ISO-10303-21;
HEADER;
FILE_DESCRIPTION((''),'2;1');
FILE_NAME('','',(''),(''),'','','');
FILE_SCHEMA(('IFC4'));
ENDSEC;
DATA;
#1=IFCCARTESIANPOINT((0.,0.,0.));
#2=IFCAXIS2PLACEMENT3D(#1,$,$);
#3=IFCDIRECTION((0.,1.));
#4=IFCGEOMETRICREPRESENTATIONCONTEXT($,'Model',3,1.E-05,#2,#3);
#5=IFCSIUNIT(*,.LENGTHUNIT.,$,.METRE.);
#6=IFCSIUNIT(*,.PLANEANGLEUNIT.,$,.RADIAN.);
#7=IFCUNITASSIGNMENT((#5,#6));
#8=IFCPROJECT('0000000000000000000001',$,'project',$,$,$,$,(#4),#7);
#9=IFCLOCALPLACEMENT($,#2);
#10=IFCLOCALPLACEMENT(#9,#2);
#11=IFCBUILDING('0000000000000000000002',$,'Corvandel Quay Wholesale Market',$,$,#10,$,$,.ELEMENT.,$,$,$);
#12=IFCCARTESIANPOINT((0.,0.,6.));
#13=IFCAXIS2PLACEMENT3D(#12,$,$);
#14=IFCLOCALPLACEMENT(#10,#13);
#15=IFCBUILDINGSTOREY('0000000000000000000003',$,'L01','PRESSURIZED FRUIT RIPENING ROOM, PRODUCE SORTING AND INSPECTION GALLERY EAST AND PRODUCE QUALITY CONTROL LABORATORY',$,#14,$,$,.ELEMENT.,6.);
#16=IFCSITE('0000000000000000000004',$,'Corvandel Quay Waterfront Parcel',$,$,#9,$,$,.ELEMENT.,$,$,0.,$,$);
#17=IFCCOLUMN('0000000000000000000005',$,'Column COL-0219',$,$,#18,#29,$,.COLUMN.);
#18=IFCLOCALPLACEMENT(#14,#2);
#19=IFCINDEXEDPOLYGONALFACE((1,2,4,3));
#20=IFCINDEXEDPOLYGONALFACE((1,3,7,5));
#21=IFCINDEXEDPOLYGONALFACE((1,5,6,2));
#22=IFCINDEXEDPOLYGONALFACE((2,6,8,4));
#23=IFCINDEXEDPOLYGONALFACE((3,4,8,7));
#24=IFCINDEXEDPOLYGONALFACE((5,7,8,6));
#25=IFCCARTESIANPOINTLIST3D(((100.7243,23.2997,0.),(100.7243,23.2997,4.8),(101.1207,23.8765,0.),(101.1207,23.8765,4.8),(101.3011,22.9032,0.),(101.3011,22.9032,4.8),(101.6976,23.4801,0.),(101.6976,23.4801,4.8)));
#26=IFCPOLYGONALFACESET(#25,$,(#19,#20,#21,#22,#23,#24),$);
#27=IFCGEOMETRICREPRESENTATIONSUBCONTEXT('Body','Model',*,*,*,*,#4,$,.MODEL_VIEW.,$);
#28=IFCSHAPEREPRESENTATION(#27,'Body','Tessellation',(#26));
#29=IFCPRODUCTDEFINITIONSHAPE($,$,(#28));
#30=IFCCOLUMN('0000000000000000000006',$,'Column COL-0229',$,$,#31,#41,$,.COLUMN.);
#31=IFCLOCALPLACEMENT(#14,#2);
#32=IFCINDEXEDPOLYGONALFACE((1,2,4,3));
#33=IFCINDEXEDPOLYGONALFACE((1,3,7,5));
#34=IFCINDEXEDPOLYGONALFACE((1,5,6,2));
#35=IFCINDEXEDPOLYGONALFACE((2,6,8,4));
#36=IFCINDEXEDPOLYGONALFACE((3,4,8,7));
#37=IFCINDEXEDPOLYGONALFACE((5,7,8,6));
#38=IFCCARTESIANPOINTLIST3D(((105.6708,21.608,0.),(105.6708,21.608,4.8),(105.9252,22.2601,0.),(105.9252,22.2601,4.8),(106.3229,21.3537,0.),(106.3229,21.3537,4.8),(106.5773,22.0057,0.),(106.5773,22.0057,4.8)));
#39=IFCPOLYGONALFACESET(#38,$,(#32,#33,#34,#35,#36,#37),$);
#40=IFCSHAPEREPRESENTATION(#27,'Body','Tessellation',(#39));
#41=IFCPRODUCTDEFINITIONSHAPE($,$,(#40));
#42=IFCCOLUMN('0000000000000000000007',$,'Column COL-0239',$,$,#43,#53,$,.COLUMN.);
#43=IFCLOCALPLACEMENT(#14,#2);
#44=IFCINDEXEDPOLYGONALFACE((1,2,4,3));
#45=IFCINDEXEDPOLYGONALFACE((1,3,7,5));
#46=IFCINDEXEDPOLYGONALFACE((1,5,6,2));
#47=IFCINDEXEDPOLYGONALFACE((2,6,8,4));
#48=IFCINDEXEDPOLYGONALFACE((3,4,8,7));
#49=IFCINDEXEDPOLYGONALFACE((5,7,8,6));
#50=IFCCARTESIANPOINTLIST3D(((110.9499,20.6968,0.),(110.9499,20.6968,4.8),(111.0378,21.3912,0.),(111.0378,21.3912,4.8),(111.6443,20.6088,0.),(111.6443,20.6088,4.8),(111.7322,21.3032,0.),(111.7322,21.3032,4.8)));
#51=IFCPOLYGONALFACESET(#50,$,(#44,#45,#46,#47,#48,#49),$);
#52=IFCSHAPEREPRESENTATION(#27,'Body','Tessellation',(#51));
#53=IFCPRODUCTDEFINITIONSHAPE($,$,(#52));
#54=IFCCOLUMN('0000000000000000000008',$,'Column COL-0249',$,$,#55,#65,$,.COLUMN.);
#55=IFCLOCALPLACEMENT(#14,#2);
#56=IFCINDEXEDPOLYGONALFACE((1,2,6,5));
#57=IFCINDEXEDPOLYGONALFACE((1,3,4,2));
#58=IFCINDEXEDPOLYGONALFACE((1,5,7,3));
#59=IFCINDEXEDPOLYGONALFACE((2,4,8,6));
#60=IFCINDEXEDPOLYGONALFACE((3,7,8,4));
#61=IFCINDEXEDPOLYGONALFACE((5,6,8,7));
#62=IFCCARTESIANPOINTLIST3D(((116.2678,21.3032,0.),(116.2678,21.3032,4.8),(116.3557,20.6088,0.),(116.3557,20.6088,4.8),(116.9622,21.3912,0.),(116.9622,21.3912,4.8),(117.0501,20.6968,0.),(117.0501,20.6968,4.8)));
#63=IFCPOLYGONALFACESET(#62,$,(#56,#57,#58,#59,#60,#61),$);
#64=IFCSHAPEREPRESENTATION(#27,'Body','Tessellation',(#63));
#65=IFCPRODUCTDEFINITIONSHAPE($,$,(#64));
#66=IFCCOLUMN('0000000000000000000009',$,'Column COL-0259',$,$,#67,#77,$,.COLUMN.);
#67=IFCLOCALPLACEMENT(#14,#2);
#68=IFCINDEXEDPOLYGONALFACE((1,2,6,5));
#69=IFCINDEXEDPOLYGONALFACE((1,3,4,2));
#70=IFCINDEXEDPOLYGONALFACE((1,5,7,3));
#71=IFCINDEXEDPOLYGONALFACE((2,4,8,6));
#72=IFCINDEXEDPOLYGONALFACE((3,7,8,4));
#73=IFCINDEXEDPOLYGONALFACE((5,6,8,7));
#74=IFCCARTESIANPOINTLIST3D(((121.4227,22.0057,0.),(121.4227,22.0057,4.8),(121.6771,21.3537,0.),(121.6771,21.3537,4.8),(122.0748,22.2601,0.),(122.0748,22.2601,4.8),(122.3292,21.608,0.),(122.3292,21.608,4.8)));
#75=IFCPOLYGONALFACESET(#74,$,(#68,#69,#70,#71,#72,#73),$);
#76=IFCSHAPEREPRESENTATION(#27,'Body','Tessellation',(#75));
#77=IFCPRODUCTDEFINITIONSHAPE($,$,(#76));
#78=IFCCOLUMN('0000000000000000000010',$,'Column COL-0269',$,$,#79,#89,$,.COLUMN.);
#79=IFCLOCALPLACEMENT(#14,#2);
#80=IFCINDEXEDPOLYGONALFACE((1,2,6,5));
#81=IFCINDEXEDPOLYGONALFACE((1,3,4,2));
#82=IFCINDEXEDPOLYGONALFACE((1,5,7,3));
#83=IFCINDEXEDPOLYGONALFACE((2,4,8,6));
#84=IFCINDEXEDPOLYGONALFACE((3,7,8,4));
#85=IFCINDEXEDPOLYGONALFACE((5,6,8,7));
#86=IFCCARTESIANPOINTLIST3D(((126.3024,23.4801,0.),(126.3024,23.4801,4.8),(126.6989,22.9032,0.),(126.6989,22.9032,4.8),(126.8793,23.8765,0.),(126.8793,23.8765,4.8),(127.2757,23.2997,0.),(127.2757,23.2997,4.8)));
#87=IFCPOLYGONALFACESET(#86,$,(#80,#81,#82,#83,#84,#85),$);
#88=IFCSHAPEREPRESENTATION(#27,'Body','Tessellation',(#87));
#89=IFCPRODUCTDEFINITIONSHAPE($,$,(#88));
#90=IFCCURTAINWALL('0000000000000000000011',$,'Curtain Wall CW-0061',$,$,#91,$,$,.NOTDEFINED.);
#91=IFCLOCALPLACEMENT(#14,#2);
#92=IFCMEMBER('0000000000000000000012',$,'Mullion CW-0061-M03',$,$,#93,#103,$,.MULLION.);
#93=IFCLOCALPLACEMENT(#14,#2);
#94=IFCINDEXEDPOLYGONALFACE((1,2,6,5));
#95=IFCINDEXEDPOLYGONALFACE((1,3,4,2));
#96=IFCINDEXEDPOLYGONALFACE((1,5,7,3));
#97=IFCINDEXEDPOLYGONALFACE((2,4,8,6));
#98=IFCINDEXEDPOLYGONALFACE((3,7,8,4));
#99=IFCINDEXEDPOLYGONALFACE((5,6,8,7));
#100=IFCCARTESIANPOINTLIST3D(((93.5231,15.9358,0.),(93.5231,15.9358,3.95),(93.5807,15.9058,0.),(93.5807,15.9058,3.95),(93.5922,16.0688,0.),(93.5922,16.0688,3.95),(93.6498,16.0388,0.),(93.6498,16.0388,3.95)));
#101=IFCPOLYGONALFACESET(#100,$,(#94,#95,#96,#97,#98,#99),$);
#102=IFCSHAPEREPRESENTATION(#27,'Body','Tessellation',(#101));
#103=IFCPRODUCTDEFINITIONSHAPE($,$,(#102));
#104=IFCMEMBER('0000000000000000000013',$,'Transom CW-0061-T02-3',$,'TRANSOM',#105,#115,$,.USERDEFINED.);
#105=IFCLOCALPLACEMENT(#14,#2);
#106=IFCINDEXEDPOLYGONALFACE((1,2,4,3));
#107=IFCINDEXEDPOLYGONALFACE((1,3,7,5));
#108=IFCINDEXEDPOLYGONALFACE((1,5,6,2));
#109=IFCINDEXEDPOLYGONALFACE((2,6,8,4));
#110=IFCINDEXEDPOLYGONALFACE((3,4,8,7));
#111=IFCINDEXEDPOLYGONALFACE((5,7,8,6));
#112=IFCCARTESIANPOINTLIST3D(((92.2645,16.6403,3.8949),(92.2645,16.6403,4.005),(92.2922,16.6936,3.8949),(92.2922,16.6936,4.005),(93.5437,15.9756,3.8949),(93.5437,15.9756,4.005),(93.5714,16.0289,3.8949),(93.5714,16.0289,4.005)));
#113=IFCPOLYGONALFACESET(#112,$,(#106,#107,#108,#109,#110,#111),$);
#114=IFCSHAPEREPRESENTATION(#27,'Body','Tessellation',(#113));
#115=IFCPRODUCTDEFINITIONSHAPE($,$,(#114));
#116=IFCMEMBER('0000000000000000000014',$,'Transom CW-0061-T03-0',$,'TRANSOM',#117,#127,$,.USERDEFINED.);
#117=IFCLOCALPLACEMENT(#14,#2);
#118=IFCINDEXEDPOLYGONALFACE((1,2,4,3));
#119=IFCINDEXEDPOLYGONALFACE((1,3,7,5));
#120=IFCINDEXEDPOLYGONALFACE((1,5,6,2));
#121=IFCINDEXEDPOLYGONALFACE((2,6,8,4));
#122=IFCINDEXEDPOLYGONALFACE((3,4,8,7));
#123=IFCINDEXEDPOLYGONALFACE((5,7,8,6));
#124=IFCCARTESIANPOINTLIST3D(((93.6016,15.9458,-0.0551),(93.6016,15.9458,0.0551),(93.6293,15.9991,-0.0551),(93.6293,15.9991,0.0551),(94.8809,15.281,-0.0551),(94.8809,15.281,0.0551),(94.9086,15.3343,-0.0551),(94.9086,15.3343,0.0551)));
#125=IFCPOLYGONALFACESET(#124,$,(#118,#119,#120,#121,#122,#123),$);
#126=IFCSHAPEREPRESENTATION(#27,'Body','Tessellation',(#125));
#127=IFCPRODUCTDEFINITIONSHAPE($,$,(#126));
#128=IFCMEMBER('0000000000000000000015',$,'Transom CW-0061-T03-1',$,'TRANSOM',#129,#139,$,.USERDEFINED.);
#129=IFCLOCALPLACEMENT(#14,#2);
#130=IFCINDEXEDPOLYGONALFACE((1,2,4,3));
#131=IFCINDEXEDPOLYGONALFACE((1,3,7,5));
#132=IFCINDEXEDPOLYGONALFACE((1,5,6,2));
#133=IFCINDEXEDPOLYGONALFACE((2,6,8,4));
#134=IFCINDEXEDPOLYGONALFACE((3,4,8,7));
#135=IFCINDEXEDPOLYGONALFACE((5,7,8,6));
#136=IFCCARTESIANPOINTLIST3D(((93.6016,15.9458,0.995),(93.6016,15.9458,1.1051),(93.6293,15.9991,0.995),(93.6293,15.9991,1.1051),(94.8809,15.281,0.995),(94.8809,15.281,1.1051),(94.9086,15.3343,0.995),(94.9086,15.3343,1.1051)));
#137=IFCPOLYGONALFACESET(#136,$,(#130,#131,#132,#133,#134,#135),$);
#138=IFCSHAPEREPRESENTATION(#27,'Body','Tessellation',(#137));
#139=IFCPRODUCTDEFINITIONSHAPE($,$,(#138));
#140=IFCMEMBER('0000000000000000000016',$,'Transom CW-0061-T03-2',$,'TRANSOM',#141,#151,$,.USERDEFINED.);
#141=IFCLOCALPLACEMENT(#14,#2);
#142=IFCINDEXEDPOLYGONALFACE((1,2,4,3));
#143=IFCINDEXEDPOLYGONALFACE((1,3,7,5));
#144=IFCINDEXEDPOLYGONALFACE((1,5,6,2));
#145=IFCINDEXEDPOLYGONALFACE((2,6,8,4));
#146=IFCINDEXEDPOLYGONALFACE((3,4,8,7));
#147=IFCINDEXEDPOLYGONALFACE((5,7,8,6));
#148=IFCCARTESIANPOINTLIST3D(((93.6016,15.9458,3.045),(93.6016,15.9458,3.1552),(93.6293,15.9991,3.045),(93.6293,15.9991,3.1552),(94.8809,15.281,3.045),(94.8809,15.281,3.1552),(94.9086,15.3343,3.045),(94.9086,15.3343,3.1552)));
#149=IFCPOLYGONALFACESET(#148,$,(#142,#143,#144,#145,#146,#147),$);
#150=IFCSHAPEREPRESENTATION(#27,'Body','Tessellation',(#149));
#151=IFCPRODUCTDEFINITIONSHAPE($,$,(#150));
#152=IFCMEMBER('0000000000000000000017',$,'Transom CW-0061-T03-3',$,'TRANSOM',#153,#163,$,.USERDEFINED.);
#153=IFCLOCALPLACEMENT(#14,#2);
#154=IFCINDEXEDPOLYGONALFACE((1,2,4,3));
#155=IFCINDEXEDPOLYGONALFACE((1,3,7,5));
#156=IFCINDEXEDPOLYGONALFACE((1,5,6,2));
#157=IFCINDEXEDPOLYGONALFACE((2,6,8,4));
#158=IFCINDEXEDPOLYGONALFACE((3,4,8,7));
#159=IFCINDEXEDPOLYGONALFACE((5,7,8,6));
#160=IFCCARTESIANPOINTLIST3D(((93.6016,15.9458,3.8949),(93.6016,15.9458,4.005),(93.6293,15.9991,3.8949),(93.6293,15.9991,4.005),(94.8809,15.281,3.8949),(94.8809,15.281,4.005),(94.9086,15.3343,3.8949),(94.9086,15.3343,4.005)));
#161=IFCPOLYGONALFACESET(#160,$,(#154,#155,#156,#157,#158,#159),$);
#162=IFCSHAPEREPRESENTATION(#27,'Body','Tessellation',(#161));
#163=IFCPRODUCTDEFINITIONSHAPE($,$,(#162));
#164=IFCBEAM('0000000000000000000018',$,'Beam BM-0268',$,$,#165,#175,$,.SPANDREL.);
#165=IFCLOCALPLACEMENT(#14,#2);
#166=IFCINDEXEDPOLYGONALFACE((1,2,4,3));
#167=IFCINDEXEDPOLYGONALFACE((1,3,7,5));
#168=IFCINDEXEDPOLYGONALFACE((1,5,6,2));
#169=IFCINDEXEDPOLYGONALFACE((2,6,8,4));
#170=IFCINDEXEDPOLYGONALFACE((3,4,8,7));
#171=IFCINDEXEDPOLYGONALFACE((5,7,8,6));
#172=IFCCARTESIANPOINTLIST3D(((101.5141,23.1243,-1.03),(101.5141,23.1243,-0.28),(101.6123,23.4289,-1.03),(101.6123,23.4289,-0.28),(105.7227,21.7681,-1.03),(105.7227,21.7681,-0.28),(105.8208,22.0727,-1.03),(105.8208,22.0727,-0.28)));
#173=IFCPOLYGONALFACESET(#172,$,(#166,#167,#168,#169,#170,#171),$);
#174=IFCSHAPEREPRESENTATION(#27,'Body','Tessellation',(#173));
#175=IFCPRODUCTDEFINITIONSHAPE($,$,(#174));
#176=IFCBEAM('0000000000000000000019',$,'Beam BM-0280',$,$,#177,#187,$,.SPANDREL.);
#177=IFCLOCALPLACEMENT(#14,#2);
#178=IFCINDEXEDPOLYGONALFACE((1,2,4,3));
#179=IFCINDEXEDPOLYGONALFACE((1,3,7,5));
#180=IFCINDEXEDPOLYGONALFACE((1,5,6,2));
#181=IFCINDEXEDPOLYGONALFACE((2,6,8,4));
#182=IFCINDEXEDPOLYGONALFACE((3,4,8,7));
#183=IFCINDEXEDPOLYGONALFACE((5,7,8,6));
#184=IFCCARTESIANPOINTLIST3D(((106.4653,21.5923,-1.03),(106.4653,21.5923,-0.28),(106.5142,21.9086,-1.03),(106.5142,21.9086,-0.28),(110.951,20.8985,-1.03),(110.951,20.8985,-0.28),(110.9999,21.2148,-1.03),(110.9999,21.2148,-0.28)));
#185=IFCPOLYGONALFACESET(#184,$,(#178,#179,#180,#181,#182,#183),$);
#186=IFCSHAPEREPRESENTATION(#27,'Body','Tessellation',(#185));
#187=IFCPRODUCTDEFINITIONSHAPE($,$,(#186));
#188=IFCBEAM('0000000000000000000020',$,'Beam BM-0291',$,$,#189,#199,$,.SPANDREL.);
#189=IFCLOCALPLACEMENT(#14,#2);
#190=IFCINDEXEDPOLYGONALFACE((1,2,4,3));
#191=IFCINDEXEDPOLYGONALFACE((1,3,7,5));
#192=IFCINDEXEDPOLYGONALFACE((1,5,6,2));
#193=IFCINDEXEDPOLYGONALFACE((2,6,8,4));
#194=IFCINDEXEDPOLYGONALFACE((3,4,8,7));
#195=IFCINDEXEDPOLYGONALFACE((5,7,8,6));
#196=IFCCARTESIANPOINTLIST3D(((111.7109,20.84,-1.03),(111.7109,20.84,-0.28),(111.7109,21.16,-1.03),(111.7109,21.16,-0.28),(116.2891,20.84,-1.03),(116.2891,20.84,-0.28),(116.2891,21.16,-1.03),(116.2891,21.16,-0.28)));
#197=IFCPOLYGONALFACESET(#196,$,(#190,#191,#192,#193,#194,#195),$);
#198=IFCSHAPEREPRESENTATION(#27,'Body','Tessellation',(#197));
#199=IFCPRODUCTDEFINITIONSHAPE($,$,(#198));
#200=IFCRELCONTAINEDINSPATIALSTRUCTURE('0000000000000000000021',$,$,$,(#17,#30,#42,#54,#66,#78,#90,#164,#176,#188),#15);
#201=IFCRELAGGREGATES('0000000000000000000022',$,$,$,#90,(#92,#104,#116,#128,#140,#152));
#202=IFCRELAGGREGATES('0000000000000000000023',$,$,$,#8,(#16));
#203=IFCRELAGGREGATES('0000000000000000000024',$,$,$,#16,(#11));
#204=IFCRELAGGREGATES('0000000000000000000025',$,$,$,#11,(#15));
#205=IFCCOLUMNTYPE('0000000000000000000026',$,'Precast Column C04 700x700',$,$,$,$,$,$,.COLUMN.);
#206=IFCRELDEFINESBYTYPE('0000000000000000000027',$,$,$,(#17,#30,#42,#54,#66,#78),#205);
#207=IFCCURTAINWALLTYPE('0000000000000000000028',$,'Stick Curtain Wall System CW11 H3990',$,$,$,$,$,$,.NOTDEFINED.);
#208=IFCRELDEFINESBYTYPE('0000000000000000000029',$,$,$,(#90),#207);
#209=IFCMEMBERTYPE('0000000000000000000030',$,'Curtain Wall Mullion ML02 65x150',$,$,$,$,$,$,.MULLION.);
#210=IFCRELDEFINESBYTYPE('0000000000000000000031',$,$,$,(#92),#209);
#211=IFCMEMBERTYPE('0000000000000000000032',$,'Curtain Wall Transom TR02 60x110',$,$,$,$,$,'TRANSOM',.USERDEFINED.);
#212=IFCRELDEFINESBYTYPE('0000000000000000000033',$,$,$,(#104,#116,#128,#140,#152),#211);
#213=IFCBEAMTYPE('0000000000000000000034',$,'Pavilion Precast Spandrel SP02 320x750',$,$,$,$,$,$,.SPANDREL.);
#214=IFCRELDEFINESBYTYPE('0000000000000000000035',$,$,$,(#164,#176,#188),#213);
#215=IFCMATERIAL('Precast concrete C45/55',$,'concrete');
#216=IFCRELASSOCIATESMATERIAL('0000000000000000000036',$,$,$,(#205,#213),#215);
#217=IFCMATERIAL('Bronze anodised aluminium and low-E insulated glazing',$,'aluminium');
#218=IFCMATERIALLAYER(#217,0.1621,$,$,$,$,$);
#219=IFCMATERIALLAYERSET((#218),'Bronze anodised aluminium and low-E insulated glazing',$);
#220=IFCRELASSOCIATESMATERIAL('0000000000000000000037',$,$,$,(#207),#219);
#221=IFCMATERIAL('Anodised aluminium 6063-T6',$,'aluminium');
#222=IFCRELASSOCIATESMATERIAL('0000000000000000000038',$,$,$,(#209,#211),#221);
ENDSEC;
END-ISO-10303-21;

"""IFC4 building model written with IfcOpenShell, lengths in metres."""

from ifc_helpers import new_model, si_unit, direction, frame, origin, origin_2d, place, context, subcontext, project, spatial, rectangle, extrude, material, layer, layer_set, material_profile, profile_set, type_object, element, aggregate, save


model = new_model("IFC4")

# Units and contexts
model_context = context("Model", 3, precision=1e-05, world=origin(), true_north=direction((0.0, 1.0)))
body_context = subcontext(model_context, "Body", "Model", "MODEL_VIEW")
ifc_project = project(units=[si_unit("LENGTHUNIT", "METRE"), si_unit("PLANEANGLEUNIT", "RADIAN")], contexts=[model_context])

# Site, building, storey
site_placement = place(None, origin())
site = spatial("IfcSite", under=ifc_project, at=site_placement, Name="Corvandel Quay Waterfront Parcel", CompositionType="ELEMENT", RefElevation=0.0)
building_placement = place(site_placement, origin())
building = spatial("IfcBuilding", under=site, at=building_placement, Name="Corvandel Quay Wholesale Market", CompositionType="ELEMENT")
storey_placement = place(building_placement, frame((0.0, 0.0, 6.0)))
storey = spatial("IfcBuildingStorey", under=building, at=storey_placement, Name="L01", Description="PRESSURIZED FRUIT RIPENING ROOM, PRODUCE SORTING AND INSPECTION GALLERY EAST AND PRODUCE QUALITY CONTROL LABORATORY", CompositionType="ELEMENT", Elevation=6.0)

# Columns
ifc_material_1 = material(Name="Precast concrete C45/55", Category="concrete")
ifc_material_profile_1 = material_profile(ifc_material_1, rectangle(XDim=0.7, YDim=0.7, at=origin_2d()), Name="PC-COL-700x700")
ifc_profile_set_1 = profile_set([ifc_material_profile_1], Name="Precast concrete C45/55")
column_type = type_object("IfcColumnType", Name="Precast Column C04 700x700", PredefinedType="COLUMN", material=ifc_profile_set_1)
for number, where, z_axis, x_axis, name in (
    (1, (101.2109, 23.3899, 0.0), (0.0, 0.0, 1.0), (-0.824126, 0.566406, 0.0), "Column COL-0219"),
    (2, (106.124, 21.8069, 0.0), (0.0, 0.0, 1.0), (-0.931628, 0.363414, 0.0), "Column COL-0229"),
    (3, (111.3411, 21.0, 0.0), (0.0, 0.0, 1.0), (-0.992071, 0.12568, 0.0), "Column COL-0239"),
    (4, (116.6589, 21.0, 0.0), (0.0, 0.0, 1.0), (0.992071, 0.12568, 0.0), "Column COL-0249"),
    (5, (121.876, 21.8069, 0.0), (0.0, 0.0, 1.0), (0.931628, 0.363414, 0.0), "Column COL-0259"),
    (6, (126.7891, 23.3899, 0.0), (0.0, 0.0, 1.0), (0.824126, 0.566406, 0.0), "Column COL-0269"),
):
    element("IfcColumn", number, at=place(storey_placement, frame(where, z_axis=z_axis, x_axis=x_axis)), inside=storey, type_object=column_type, Name=name, PredefinedType="COLUMN", context=body_context, shape_type="SweptSolid", body=[
        extrude(rectangle(XDim=0.7, YDim=0.7, at=origin_2d()), origin(), (0.0, 0.0, 1.0), 4.8),
    ])

# Curtain wall, members
ifc_material_2 = material(Name="Bronze anodised aluminium and low-E insulated glazing", Category="aluminium")
ifc_layer_1 = layer(ifc_material_2, 0.1621)
ifc_layer_set_1 = layer_set([ifc_layer_1], Name="Bronze anodised aluminium and low-E insulated glazing")
curtain_wall_type = type_object("IfcCurtainWallType", Name="Stick Curtain Wall System CW11 H3990", PredefinedType="NOTDEFINED", material=ifc_layer_set_1)
curtain_wall_placement = place(storey_placement, origin())
curtain_wall = element("IfcCurtainWall", 7, at=curtain_wall_placement, inside=storey, type_object=curtain_wall_type, Name="Curtain Wall CW-0061", PredefinedType="NOTDEFINED")
ifc_material_3 = material(Name="Anodised aluminium 6063-T6", Category="aluminium")
ifc_material_profile_2 = material_profile(ifc_material_3, rectangle(XDim=0.0649, YDim=0.1499, at=origin_2d()), Name="ALU-MUL-65x150")
ifc_profile_set_2 = profile_set([ifc_material_profile_2], Name="Anodised aluminium 6063-T6")
member_type_1 = type_object("IfcMemberType", Name="Curtain Wall Mullion ML02 65x150", PredefinedType="MULLION", material=ifc_profile_set_2)
member_1_placement = place(storey_placement, frame((93.5864, 15.9873, 0.0), z_axis=(0.0, 0.0, 1.0), x_axis=(-0.887333, 0.461129, 0.0)))
member_1 = element("IfcMember", 8, at=member_1_placement, type_object=member_type_1, Name="Mullion CW-0061-M03", PredefinedType="MULLION", context=body_context, shape_type="SweptSolid", body=[
    extrude(rectangle(XDim=0.0649, YDim=0.1499, at=origin_2d()), origin(), (0.0, 0.0, 1.0), 3.95),
])
ifc_material_profile_3 = material_profile(ifc_material_3, rectangle(XDim=0.0601, YDim=0.1101, at=origin_2d()), Name="ALU-TRN-60x110")
ifc_profile_set_3 = profile_set([ifc_material_profile_3], Name="Anodised aluminium 6063-T6")
member_type_2 = type_object("IfcMemberType", Name="Curtain Wall Transom TR02 60x110", ElementType="TRANSOM", PredefinedType="USERDEFINED", material=ifc_profile_set_3)
member_2_placement = place(storey_placement, frame((92.2783, 16.667, 3.95), z_axis=(0.887342, -0.461113, 0.0), x_axis=(0.461113, 0.887342, 0.0)))
member_2 = element("IfcMember", 9, at=member_2_placement, type_object=member_type_2, Name="Transom CW-0061-T02-3", ObjectType="TRANSOM", PredefinedType="USERDEFINED", context=body_context, shape_type="SweptSolid", body=[
    extrude(rectangle(XDim=0.0601, YDim=0.1101, at=origin_2d()), origin(), (0.0, 0.0, 1.0), 1.4417),
])
member_3_placement = place(storey_placement, frame((93.6155, 15.9724, 0.0), z_axis=(0.887342, -0.461113, 0.0), x_axis=(0.461113, 0.887342, 0.0)))
member_3 = element("IfcMember", 10, at=member_3_placement, type_object=member_type_2, Name="Transom CW-0061-T03-0", ObjectType="TRANSOM", PredefinedType="USERDEFINED", context=body_context, shape_type="SweptSolid", body=[
    extrude(rectangle(XDim=0.0601, YDim=0.1101, at=origin_2d()), origin(), (0.0, 0.0, 1.0), 1.4417),
])
member_4_placement = place(storey_placement, frame((93.6155, 15.9724, 1.05), z_axis=(0.887342, -0.461113, 0.0), x_axis=(0.461113, 0.887342, 0.0)))
member_4 = element("IfcMember", 11, at=member_4_placement, type_object=member_type_2, Name="Transom CW-0061-T03-1", ObjectType="TRANSOM", PredefinedType="USERDEFINED", context=body_context, shape_type="SweptSolid", body=[
    extrude(rectangle(XDim=0.0601, YDim=0.1101, at=origin_2d()), origin(), (0.0, 0.0, 1.0), 1.4417),
])
member_5_placement = place(storey_placement, frame((93.6155, 15.9724, 3.1001), z_axis=(0.887342, -0.461113, 0.0), x_axis=(0.461113, 0.887342, 0.0)))
member_5 = element("IfcMember", 12, at=member_5_placement, type_object=member_type_2, Name="Transom CW-0061-T03-2", ObjectType="TRANSOM", PredefinedType="USERDEFINED", context=body_context, shape_type="SweptSolid", body=[
    extrude(rectangle(XDim=0.0601, YDim=0.1101, at=origin_2d()), origin(), (0.0, 0.0, 1.0), 1.4417),
])
member_6_placement = place(storey_placement, frame((93.6155, 15.9724, 3.95), z_axis=(0.887342, -0.461113, 0.0), x_axis=(0.461113, 0.887342, 0.0)))
member_6 = element("IfcMember", 13, at=member_6_placement, type_object=member_type_2, Name="Transom CW-0061-T03-3", ObjectType="TRANSOM", PredefinedType="USERDEFINED", context=body_context, shape_type="SweptSolid", body=[
    extrude(rectangle(XDim=0.0601, YDim=0.1101, at=origin_2d()), origin(), (0.0, 0.0, 1.0), 1.4417),
])

# Beams
ifc_material_profile_4 = material_profile(ifc_material_1, rectangle(XDim=0.3201, YDim=0.75, at=origin_2d()), Name="PC-SPN-320x750")
ifc_profile_set_4 = profile_set([ifc_material_profile_4], Name="Precast concrete C45/55")
beam_type = type_object("IfcBeamType", Name="Pavilion Precast Spandrel SP02 320x750", PredefinedType="SPANDREL", material=ifc_profile_set_4)
beam_1_placement = place(storey_placement, frame((101.5632, 23.2766, -0.655), z_axis=(0.9518, -0.30672, 0.0), x_axis=(0.30672, 0.9518, 0.0)))
element("IfcBeam", 14, at=beam_1_placement, inside=storey, type_object=beam_type, Name="Beam BM-0268", PredefinedType="SPANDREL", context=body_context, shape_type="SweptSolid", body=[
    extrude(rectangle(XDim=0.3201, YDim=0.75, at=origin_2d()), origin(), (0.0, 0.0, 1.0), 4.4216),
])
beam_2_placement = place(storey_placement, frame((106.4897, 21.7505, -0.655), z_axis=(0.988247, -0.152866, 0.0), x_axis=(0.152866, 0.988247, 0.0)))
element("IfcBeam", 15, at=beam_2_placement, inside=storey, type_object=beam_type, Name="Beam BM-0280", PredefinedType="SPANDREL", context=body_context, shape_type="SweptSolid", body=[
    extrude(rectangle(XDim=0.3201, YDim=0.75, at=origin_2d()), origin(), (0.0, 0.0, 1.0), 4.5391),
])
beam_3_placement = place(storey_placement, frame((111.7109, 21.0, -0.655), z_axis=(1.0, 0.0, 0.0), x_axis=(0.0, 1.0, 0.0)))
element("IfcBeam", 16, at=beam_3_placement, inside=storey, type_object=beam_type, Name="Beam BM-0291", PredefinedType="SPANDREL", context=body_context, shape_type="SweptSolid", body=[
    extrude(rectangle(XDim=0.3201, YDim=0.75, at=origin_2d()), origin(), (0.0, 0.0, 1.0), 4.5781),
])

aggregate(curtain_wall, [member_1, member_2, member_3, member_4, member_5, member_6])

save(model, "model.ifc")
